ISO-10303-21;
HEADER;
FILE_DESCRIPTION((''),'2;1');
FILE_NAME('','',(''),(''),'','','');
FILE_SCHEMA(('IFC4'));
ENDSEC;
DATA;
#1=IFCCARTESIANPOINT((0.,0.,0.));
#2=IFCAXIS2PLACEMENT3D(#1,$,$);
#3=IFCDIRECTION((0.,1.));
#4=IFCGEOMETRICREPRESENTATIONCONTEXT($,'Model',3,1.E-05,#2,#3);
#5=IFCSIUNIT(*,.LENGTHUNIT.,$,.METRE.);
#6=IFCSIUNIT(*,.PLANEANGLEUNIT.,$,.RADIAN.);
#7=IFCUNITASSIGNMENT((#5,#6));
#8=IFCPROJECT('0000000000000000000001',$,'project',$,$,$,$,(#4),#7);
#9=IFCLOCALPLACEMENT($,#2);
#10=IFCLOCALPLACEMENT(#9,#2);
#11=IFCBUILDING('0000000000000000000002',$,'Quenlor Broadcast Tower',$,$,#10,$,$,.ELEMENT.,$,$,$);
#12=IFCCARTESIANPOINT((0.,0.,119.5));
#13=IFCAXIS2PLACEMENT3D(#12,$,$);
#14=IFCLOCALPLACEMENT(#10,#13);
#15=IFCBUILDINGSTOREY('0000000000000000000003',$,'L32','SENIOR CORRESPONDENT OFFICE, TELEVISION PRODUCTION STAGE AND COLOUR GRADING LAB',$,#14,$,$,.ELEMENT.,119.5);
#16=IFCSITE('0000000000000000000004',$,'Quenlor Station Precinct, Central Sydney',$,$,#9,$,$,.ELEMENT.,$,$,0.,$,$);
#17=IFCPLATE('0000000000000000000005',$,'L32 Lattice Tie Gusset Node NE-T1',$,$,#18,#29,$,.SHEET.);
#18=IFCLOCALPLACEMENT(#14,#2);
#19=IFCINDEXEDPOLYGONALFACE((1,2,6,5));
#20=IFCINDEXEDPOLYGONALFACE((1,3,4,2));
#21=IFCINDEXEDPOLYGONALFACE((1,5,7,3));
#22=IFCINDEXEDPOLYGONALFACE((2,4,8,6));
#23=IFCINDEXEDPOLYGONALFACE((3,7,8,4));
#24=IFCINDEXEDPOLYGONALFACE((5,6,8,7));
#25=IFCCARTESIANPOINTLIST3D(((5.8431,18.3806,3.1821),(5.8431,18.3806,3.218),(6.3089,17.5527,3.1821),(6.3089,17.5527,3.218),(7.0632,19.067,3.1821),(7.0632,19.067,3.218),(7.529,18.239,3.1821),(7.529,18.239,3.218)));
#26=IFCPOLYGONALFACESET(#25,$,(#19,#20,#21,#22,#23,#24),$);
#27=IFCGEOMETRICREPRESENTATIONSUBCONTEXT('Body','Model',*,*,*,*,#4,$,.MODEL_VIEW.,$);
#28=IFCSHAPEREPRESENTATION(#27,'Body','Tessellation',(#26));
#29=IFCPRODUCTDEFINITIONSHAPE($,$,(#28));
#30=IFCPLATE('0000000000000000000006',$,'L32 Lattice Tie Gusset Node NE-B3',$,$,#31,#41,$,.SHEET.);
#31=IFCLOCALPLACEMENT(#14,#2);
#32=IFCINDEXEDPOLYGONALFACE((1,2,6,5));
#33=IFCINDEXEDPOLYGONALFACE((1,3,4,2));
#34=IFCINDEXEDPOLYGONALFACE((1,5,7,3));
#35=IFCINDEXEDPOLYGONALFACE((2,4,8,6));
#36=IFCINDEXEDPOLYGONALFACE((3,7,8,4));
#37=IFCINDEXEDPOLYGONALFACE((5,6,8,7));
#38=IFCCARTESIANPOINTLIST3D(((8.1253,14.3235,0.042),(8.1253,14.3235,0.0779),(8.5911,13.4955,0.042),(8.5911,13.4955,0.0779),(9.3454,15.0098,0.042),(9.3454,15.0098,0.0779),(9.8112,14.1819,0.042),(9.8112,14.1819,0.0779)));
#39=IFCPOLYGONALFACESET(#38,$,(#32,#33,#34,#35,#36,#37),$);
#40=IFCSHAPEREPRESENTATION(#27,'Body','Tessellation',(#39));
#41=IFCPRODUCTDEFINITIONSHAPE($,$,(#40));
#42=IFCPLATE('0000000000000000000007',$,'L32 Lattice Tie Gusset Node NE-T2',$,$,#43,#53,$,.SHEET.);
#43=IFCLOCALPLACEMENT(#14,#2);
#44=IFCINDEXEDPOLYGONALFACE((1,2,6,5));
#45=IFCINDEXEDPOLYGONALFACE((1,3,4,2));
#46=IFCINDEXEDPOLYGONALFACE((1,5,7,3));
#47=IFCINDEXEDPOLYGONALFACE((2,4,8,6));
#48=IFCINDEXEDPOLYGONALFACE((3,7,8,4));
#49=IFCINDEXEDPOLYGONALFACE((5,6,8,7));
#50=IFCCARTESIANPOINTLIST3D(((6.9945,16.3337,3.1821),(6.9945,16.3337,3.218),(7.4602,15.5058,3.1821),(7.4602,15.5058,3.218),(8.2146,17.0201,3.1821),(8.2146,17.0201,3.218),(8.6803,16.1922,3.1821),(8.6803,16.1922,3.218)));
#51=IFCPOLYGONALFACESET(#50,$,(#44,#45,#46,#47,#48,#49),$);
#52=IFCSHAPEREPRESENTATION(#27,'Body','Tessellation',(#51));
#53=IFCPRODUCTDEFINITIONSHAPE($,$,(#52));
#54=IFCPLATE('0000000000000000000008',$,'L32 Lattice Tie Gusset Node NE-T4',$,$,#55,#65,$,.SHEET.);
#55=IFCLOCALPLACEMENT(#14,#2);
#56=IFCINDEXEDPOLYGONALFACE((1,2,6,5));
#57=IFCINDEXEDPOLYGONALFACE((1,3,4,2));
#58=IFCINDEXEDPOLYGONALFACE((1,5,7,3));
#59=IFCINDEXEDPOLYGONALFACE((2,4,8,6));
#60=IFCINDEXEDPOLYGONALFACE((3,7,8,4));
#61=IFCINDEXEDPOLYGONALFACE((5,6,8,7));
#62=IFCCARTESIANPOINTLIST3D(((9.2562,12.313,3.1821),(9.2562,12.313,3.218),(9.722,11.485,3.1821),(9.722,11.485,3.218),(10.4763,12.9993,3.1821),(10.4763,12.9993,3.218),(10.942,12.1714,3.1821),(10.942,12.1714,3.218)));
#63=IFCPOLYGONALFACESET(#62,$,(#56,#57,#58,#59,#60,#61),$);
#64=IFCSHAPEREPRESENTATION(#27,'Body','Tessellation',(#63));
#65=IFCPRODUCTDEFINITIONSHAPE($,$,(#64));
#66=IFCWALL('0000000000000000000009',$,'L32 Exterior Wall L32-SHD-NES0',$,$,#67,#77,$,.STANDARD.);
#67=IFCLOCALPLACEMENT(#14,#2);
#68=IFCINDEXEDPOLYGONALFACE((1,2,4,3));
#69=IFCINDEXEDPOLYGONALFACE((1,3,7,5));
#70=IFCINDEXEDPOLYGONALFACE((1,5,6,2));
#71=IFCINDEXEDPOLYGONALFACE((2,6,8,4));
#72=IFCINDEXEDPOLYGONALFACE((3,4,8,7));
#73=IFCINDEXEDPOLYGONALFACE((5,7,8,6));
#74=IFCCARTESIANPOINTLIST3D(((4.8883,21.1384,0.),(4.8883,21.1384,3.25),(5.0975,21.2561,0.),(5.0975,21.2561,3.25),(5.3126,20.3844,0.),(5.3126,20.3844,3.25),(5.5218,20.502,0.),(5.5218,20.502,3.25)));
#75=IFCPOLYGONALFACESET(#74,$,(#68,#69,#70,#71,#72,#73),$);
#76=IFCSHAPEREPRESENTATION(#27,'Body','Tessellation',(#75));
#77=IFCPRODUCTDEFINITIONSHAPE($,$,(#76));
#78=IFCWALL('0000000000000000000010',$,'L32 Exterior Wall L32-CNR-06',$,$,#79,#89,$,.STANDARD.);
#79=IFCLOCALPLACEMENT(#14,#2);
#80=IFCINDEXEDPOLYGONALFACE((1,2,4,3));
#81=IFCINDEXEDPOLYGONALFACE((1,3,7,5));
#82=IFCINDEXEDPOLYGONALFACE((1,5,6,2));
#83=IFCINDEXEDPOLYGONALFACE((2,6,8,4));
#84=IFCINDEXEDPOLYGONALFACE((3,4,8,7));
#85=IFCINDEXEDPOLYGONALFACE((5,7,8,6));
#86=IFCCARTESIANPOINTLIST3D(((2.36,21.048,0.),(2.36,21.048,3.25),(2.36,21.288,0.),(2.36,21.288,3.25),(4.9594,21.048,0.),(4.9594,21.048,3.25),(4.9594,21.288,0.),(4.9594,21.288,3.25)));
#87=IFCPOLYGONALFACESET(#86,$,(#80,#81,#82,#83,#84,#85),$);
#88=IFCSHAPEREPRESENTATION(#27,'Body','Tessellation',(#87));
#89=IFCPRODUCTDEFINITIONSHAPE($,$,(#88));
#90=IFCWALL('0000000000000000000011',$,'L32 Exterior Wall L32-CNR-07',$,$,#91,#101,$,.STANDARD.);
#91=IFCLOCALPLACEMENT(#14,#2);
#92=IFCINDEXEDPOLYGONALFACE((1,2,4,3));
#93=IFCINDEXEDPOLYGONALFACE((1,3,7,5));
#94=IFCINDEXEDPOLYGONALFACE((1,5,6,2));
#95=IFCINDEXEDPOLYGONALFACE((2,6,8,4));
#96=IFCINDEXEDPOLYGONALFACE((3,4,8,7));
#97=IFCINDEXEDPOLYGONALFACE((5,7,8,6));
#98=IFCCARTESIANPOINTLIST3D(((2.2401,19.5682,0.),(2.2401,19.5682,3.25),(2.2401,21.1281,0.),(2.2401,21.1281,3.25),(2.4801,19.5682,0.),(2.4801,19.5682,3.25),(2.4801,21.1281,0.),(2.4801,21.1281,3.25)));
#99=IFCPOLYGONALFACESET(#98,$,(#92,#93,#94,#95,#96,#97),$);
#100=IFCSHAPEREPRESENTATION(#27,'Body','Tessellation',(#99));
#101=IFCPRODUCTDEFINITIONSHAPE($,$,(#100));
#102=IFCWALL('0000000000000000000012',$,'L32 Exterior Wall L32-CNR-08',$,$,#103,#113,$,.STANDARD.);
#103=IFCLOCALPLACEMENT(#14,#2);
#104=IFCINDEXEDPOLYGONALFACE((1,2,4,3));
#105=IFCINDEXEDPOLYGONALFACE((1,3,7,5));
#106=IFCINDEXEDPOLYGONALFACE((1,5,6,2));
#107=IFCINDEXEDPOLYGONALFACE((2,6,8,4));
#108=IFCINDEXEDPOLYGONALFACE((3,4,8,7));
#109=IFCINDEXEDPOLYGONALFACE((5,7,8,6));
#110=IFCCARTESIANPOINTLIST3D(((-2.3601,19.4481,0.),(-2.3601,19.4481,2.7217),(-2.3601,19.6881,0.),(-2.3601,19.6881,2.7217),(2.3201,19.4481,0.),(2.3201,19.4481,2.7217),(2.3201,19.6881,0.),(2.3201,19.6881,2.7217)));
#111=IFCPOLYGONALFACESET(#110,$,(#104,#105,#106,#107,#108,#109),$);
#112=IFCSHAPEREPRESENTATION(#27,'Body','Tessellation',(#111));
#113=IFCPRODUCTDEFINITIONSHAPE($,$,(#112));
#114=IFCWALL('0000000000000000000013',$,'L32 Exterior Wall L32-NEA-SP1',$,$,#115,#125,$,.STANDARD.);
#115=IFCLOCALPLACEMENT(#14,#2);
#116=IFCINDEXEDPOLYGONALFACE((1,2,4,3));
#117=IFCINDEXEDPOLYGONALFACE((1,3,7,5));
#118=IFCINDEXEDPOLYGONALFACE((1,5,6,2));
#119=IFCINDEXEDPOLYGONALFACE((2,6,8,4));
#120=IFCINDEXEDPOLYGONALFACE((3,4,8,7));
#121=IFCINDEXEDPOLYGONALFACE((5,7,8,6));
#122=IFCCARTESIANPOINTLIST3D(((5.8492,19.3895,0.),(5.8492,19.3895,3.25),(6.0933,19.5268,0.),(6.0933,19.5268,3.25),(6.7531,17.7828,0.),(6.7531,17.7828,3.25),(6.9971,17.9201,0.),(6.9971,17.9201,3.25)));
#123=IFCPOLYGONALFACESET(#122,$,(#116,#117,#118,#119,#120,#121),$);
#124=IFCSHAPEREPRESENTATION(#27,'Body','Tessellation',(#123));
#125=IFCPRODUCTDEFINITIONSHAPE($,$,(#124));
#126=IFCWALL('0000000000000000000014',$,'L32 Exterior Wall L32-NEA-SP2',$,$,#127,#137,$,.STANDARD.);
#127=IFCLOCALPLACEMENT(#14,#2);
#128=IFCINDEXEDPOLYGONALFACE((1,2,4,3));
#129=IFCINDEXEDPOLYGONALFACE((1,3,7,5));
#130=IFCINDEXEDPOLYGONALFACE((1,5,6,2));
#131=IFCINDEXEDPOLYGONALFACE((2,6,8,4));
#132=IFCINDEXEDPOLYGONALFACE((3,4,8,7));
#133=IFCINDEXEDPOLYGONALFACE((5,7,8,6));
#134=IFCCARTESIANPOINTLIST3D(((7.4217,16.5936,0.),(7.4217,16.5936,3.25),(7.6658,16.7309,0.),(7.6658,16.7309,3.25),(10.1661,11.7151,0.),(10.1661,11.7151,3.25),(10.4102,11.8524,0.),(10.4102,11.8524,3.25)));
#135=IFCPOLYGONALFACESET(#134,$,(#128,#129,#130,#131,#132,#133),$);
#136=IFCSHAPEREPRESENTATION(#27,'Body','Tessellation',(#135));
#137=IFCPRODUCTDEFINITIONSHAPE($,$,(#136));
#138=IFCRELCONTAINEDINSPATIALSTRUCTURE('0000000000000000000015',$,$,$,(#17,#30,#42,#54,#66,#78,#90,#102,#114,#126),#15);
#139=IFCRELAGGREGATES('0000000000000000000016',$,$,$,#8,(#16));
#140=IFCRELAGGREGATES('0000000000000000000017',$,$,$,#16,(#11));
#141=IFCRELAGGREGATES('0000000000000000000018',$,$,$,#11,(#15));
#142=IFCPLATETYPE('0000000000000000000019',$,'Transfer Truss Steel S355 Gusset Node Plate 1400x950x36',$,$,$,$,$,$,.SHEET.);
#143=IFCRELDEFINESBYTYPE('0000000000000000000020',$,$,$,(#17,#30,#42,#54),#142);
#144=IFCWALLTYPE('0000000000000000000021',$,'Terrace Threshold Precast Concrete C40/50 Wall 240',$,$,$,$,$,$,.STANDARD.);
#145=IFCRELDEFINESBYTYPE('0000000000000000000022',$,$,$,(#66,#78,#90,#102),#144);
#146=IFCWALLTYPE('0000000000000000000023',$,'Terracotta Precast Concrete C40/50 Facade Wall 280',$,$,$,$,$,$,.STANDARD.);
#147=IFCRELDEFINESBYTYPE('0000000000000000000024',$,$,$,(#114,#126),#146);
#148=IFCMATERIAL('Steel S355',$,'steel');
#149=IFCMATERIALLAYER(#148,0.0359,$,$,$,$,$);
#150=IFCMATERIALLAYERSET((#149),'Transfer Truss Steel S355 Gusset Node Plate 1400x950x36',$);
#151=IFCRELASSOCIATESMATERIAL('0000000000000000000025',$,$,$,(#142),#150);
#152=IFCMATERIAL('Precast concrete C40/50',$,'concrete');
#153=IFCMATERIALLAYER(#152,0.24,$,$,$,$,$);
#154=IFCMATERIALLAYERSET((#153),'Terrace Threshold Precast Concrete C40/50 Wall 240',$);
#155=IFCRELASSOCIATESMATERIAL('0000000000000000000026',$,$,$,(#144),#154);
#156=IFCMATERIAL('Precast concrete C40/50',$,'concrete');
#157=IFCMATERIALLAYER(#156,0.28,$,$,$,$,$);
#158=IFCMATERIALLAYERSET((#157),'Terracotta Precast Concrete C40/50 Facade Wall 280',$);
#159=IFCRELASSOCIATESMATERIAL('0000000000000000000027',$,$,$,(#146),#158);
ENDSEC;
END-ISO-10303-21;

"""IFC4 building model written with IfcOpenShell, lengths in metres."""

from ifc_helpers import new_model, si_unit, direction, frame, frame_2d, origin, origin_2d, place, context, subcontext, project, spatial, rectangle, extrude, material, layer, layer_set, type_object, element, save


model = new_model("IFC4")

# Units and contexts
model_context = context("Model", 3, precision=1e-05, world=origin(), true_north=direction((0.0, 1.0)))
body_context = subcontext(model_context, "Body", "Model", "MODEL_VIEW")
ifc_project = project(units=[si_unit("LENGTHUNIT", "METRE"), si_unit("PLANEANGLEUNIT", "RADIAN")], contexts=[model_context])

# Site, building, storey
site_placement = place(None, origin())
site = spatial("IfcSite", under=ifc_project, at=site_placement, Name="Quenlor Station Precinct, Central Sydney", CompositionType="ELEMENT", RefElevation=0.0)
building_placement = place(site_placement, origin())
building = spatial("IfcBuilding", under=site, at=building_placement, Name="Quenlor Broadcast Tower", CompositionType="ELEMENT")
storey_placement = place(building_placement, frame((0.0, 0.0, 119.5)))
storey = spatial("IfcBuildingStorey", under=building, at=storey_placement, Name="L32", Description="SENIOR CORRESPONDENT OFFICE, TELEVISION PRODUCTION STAGE AND COLOUR GRADING LAB", CompositionType="ELEMENT", Elevation=119.5)

# Plates
ifc_material_1 = material(Name="Steel S355", Category="steel")
ifc_layer_1 = layer(ifc_material_1, 0.0359)
ifc_layer_set_1 = layer_set([ifc_layer_1], Name="Transfer Truss Steel S355 Gusset Node Plate 1400x950x36")
plate_type_1 = type_object("IfcPlateType", Name="Transfer Truss Steel S355 Gusset Node Plate 1400x950x36", PredefinedType="SHEET", material=ifc_layer_set_1)
for number, where, z_axis, x_axis, name in (
    (1, (6.686, 18.3098, 3.1821), (0.0, 0.0, 1.0), (0.871556, 0.490295, 0.0), "L32 Lattice Tie Gusset Node NE-T1"),
    (2, (8.9683, 14.2527, 0.042), (0.0, 0.0, 1.0), (0.871556, 0.490295, 0.0), "L32 Lattice Tie Gusset Node NE-B3"),
    (3, (7.8374, 16.2629, 3.1821), (0.0, 0.0, 1.0), (0.871556, 0.490295, 0.0), "L32 Lattice Tie Gusset Node NE-T2"),
    (4, (10.0991, 12.2422, 3.1821), (0.0, 0.0, 1.0), (0.871556, 0.490295, 0.0), "L32 Lattice Tie Gusset Node NE-T4"),
):
    element("IfcPlate", number, at=place(storey_placement, frame(where, z_axis=z_axis, x_axis=x_axis)), inside=storey, type_object=plate_type_1, Name=name, PredefinedType="SHEET", context=body_context, shape_type="SweptSolid", body=[
        extrude(rectangle(XDim=1.3999, YDim=0.95, at=origin_2d()), origin(), (0.0, 0.0, 1.0), 0.0359),
    ])

# Walls
ifc_material_2 = material(Name="Precast concrete C40/50", Category="concrete")
ifc_layer_2 = layer(ifc_material_2, 0.24)
ifc_layer_set_2 = layer_set([ifc_layer_2], Name="Terrace Threshold Precast Concrete C40/50 Wall 240")
wall_type_1 = type_object("IfcWallType", Name="Terrace Threshold Precast Concrete C40/50 Wall 240", PredefinedType="STANDARD", material=ifc_layer_set_2)
wall_1_placement = place(storey_placement, frame((4.9929, 21.1973, 0.0), z_axis=(0.0, 0.0, 1.0), x_axis=(0.490355, -0.871523, 0.0)))
element("IfcWall", 5, at=wall_1_placement, inside=storey, type_object=wall_type_1, Name="L32 Exterior Wall L32-SHD-NES0", PredefinedType="STANDARD", context=body_context, shape_type="SweptSolid", body=[
    extrude(rectangle(XDim=0.8652, YDim=0.24, at=frame_2d((0.4326, 0.0))), origin(), (0.0, 0.0, 1.0), 3.25),
])
wall_2_placement = place(storey_placement, frame((4.9595, 21.168, 0.0), z_axis=(0.0, 0.0, 1.0), x_axis=(-1.0, 0.0, 0.0)))
element("IfcWall", 6, at=wall_2_placement, inside=storey, type_object=wall_type_1, Name="L32 Exterior Wall L32-CNR-06", PredefinedType="STANDARD", context=body_context, shape_type="SweptSolid", body=[
    extrude(rectangle(XDim=2.5994, YDim=0.24, at=frame_2d((1.2998, 0.0))), origin(), (0.0, 0.0, 1.0), 3.25),
])
wall_3_placement = place(storey_placement, frame((2.3601, 21.1279, 0.0), z_axis=(0.0, 0.0, 1.0), x_axis=(0.0, -1.0, 0.0)))
element("IfcWall", 7, at=wall_3_placement, inside=storey, type_object=wall_type_1, Name="L32 Exterior Wall L32-CNR-07", PredefinedType="STANDARD", context=body_context, shape_type="SweptSolid", body=[
    extrude(rectangle(XDim=1.5598, YDim=0.24, at=frame_2d((0.7798, 0.0))), origin(), (0.0, 0.0, 1.0), 3.25),
])
wall_4_placement = place(storey_placement, frame((2.3201, 19.5681, 0.0), z_axis=(0.0, 0.0, 1.0), x_axis=(-1.0, 0.0, 0.0)))
element("IfcWall", 8, at=wall_4_placement, inside=storey, type_object=wall_type_1, Name="L32 Exterior Wall L32-CNR-08", PredefinedType="STANDARD", context=body_context, shape_type="SweptSolid", body=[
    extrude(rectangle(XDim=4.6802, YDim=0.24, at=frame_2d((2.3401, 0.0))), origin(), (0.0, 0.0, 1.0), 2.7217),
])
ifc_material_3 = material(Name="Precast concrete C40/50", Category="concrete")
ifc_layer_3 = layer(ifc_material_3, 0.28)
ifc_layer_set_3 = layer_set([ifc_layer_3], Name="Terracotta Precast Concrete C40/50 Facade Wall 280")
wall_type_2 = type_object("IfcWallType", Name="Terracotta Precast Concrete C40/50 Facade Wall 280", PredefinedType="STANDARD", material=ifc_layer_set_3)
wall_5_placement = place(storey_placement, frame((5.9712, 19.4583, 0.0), z_axis=(0.0, 0.0, 1.0), x_axis=(0.49028, -0.871565, 0.0)))
element("IfcWall", 9, at=wall_5_placement, inside=storey, type_object=wall_type_2, Name="L32 Exterior Wall L32-NEA-SP1", PredefinedType="STANDARD", context=body_context, shape_type="SweptSolid", body=[
    extrude(rectangle(XDim=1.8435, YDim=0.28, at=frame_2d((0.9219, 0.0))), origin(), (0.0, 0.0, 1.0), 3.25),
])
wall_6_placement = place(storey_placement, frame((7.5437, 16.6624, 0.0), z_axis=(0.0, 0.0, 1.0), x_axis=(0.490299, -0.871555, 0.0)))
element("IfcWall", 10, at=wall_6_placement, inside=storey, type_object=wall_type_2, Name="L32 Exterior Wall L32-NEA-SP2", PredefinedType="STANDARD", context=body_context, shape_type="SweptSolid", body=[
    extrude(rectangle(XDim=5.5974, YDim=0.28, at=frame_2d((2.7988, 0.0))), origin(), (0.0, 0.0, 1.0), 3.25),
])

save(model, "model.ifc")
